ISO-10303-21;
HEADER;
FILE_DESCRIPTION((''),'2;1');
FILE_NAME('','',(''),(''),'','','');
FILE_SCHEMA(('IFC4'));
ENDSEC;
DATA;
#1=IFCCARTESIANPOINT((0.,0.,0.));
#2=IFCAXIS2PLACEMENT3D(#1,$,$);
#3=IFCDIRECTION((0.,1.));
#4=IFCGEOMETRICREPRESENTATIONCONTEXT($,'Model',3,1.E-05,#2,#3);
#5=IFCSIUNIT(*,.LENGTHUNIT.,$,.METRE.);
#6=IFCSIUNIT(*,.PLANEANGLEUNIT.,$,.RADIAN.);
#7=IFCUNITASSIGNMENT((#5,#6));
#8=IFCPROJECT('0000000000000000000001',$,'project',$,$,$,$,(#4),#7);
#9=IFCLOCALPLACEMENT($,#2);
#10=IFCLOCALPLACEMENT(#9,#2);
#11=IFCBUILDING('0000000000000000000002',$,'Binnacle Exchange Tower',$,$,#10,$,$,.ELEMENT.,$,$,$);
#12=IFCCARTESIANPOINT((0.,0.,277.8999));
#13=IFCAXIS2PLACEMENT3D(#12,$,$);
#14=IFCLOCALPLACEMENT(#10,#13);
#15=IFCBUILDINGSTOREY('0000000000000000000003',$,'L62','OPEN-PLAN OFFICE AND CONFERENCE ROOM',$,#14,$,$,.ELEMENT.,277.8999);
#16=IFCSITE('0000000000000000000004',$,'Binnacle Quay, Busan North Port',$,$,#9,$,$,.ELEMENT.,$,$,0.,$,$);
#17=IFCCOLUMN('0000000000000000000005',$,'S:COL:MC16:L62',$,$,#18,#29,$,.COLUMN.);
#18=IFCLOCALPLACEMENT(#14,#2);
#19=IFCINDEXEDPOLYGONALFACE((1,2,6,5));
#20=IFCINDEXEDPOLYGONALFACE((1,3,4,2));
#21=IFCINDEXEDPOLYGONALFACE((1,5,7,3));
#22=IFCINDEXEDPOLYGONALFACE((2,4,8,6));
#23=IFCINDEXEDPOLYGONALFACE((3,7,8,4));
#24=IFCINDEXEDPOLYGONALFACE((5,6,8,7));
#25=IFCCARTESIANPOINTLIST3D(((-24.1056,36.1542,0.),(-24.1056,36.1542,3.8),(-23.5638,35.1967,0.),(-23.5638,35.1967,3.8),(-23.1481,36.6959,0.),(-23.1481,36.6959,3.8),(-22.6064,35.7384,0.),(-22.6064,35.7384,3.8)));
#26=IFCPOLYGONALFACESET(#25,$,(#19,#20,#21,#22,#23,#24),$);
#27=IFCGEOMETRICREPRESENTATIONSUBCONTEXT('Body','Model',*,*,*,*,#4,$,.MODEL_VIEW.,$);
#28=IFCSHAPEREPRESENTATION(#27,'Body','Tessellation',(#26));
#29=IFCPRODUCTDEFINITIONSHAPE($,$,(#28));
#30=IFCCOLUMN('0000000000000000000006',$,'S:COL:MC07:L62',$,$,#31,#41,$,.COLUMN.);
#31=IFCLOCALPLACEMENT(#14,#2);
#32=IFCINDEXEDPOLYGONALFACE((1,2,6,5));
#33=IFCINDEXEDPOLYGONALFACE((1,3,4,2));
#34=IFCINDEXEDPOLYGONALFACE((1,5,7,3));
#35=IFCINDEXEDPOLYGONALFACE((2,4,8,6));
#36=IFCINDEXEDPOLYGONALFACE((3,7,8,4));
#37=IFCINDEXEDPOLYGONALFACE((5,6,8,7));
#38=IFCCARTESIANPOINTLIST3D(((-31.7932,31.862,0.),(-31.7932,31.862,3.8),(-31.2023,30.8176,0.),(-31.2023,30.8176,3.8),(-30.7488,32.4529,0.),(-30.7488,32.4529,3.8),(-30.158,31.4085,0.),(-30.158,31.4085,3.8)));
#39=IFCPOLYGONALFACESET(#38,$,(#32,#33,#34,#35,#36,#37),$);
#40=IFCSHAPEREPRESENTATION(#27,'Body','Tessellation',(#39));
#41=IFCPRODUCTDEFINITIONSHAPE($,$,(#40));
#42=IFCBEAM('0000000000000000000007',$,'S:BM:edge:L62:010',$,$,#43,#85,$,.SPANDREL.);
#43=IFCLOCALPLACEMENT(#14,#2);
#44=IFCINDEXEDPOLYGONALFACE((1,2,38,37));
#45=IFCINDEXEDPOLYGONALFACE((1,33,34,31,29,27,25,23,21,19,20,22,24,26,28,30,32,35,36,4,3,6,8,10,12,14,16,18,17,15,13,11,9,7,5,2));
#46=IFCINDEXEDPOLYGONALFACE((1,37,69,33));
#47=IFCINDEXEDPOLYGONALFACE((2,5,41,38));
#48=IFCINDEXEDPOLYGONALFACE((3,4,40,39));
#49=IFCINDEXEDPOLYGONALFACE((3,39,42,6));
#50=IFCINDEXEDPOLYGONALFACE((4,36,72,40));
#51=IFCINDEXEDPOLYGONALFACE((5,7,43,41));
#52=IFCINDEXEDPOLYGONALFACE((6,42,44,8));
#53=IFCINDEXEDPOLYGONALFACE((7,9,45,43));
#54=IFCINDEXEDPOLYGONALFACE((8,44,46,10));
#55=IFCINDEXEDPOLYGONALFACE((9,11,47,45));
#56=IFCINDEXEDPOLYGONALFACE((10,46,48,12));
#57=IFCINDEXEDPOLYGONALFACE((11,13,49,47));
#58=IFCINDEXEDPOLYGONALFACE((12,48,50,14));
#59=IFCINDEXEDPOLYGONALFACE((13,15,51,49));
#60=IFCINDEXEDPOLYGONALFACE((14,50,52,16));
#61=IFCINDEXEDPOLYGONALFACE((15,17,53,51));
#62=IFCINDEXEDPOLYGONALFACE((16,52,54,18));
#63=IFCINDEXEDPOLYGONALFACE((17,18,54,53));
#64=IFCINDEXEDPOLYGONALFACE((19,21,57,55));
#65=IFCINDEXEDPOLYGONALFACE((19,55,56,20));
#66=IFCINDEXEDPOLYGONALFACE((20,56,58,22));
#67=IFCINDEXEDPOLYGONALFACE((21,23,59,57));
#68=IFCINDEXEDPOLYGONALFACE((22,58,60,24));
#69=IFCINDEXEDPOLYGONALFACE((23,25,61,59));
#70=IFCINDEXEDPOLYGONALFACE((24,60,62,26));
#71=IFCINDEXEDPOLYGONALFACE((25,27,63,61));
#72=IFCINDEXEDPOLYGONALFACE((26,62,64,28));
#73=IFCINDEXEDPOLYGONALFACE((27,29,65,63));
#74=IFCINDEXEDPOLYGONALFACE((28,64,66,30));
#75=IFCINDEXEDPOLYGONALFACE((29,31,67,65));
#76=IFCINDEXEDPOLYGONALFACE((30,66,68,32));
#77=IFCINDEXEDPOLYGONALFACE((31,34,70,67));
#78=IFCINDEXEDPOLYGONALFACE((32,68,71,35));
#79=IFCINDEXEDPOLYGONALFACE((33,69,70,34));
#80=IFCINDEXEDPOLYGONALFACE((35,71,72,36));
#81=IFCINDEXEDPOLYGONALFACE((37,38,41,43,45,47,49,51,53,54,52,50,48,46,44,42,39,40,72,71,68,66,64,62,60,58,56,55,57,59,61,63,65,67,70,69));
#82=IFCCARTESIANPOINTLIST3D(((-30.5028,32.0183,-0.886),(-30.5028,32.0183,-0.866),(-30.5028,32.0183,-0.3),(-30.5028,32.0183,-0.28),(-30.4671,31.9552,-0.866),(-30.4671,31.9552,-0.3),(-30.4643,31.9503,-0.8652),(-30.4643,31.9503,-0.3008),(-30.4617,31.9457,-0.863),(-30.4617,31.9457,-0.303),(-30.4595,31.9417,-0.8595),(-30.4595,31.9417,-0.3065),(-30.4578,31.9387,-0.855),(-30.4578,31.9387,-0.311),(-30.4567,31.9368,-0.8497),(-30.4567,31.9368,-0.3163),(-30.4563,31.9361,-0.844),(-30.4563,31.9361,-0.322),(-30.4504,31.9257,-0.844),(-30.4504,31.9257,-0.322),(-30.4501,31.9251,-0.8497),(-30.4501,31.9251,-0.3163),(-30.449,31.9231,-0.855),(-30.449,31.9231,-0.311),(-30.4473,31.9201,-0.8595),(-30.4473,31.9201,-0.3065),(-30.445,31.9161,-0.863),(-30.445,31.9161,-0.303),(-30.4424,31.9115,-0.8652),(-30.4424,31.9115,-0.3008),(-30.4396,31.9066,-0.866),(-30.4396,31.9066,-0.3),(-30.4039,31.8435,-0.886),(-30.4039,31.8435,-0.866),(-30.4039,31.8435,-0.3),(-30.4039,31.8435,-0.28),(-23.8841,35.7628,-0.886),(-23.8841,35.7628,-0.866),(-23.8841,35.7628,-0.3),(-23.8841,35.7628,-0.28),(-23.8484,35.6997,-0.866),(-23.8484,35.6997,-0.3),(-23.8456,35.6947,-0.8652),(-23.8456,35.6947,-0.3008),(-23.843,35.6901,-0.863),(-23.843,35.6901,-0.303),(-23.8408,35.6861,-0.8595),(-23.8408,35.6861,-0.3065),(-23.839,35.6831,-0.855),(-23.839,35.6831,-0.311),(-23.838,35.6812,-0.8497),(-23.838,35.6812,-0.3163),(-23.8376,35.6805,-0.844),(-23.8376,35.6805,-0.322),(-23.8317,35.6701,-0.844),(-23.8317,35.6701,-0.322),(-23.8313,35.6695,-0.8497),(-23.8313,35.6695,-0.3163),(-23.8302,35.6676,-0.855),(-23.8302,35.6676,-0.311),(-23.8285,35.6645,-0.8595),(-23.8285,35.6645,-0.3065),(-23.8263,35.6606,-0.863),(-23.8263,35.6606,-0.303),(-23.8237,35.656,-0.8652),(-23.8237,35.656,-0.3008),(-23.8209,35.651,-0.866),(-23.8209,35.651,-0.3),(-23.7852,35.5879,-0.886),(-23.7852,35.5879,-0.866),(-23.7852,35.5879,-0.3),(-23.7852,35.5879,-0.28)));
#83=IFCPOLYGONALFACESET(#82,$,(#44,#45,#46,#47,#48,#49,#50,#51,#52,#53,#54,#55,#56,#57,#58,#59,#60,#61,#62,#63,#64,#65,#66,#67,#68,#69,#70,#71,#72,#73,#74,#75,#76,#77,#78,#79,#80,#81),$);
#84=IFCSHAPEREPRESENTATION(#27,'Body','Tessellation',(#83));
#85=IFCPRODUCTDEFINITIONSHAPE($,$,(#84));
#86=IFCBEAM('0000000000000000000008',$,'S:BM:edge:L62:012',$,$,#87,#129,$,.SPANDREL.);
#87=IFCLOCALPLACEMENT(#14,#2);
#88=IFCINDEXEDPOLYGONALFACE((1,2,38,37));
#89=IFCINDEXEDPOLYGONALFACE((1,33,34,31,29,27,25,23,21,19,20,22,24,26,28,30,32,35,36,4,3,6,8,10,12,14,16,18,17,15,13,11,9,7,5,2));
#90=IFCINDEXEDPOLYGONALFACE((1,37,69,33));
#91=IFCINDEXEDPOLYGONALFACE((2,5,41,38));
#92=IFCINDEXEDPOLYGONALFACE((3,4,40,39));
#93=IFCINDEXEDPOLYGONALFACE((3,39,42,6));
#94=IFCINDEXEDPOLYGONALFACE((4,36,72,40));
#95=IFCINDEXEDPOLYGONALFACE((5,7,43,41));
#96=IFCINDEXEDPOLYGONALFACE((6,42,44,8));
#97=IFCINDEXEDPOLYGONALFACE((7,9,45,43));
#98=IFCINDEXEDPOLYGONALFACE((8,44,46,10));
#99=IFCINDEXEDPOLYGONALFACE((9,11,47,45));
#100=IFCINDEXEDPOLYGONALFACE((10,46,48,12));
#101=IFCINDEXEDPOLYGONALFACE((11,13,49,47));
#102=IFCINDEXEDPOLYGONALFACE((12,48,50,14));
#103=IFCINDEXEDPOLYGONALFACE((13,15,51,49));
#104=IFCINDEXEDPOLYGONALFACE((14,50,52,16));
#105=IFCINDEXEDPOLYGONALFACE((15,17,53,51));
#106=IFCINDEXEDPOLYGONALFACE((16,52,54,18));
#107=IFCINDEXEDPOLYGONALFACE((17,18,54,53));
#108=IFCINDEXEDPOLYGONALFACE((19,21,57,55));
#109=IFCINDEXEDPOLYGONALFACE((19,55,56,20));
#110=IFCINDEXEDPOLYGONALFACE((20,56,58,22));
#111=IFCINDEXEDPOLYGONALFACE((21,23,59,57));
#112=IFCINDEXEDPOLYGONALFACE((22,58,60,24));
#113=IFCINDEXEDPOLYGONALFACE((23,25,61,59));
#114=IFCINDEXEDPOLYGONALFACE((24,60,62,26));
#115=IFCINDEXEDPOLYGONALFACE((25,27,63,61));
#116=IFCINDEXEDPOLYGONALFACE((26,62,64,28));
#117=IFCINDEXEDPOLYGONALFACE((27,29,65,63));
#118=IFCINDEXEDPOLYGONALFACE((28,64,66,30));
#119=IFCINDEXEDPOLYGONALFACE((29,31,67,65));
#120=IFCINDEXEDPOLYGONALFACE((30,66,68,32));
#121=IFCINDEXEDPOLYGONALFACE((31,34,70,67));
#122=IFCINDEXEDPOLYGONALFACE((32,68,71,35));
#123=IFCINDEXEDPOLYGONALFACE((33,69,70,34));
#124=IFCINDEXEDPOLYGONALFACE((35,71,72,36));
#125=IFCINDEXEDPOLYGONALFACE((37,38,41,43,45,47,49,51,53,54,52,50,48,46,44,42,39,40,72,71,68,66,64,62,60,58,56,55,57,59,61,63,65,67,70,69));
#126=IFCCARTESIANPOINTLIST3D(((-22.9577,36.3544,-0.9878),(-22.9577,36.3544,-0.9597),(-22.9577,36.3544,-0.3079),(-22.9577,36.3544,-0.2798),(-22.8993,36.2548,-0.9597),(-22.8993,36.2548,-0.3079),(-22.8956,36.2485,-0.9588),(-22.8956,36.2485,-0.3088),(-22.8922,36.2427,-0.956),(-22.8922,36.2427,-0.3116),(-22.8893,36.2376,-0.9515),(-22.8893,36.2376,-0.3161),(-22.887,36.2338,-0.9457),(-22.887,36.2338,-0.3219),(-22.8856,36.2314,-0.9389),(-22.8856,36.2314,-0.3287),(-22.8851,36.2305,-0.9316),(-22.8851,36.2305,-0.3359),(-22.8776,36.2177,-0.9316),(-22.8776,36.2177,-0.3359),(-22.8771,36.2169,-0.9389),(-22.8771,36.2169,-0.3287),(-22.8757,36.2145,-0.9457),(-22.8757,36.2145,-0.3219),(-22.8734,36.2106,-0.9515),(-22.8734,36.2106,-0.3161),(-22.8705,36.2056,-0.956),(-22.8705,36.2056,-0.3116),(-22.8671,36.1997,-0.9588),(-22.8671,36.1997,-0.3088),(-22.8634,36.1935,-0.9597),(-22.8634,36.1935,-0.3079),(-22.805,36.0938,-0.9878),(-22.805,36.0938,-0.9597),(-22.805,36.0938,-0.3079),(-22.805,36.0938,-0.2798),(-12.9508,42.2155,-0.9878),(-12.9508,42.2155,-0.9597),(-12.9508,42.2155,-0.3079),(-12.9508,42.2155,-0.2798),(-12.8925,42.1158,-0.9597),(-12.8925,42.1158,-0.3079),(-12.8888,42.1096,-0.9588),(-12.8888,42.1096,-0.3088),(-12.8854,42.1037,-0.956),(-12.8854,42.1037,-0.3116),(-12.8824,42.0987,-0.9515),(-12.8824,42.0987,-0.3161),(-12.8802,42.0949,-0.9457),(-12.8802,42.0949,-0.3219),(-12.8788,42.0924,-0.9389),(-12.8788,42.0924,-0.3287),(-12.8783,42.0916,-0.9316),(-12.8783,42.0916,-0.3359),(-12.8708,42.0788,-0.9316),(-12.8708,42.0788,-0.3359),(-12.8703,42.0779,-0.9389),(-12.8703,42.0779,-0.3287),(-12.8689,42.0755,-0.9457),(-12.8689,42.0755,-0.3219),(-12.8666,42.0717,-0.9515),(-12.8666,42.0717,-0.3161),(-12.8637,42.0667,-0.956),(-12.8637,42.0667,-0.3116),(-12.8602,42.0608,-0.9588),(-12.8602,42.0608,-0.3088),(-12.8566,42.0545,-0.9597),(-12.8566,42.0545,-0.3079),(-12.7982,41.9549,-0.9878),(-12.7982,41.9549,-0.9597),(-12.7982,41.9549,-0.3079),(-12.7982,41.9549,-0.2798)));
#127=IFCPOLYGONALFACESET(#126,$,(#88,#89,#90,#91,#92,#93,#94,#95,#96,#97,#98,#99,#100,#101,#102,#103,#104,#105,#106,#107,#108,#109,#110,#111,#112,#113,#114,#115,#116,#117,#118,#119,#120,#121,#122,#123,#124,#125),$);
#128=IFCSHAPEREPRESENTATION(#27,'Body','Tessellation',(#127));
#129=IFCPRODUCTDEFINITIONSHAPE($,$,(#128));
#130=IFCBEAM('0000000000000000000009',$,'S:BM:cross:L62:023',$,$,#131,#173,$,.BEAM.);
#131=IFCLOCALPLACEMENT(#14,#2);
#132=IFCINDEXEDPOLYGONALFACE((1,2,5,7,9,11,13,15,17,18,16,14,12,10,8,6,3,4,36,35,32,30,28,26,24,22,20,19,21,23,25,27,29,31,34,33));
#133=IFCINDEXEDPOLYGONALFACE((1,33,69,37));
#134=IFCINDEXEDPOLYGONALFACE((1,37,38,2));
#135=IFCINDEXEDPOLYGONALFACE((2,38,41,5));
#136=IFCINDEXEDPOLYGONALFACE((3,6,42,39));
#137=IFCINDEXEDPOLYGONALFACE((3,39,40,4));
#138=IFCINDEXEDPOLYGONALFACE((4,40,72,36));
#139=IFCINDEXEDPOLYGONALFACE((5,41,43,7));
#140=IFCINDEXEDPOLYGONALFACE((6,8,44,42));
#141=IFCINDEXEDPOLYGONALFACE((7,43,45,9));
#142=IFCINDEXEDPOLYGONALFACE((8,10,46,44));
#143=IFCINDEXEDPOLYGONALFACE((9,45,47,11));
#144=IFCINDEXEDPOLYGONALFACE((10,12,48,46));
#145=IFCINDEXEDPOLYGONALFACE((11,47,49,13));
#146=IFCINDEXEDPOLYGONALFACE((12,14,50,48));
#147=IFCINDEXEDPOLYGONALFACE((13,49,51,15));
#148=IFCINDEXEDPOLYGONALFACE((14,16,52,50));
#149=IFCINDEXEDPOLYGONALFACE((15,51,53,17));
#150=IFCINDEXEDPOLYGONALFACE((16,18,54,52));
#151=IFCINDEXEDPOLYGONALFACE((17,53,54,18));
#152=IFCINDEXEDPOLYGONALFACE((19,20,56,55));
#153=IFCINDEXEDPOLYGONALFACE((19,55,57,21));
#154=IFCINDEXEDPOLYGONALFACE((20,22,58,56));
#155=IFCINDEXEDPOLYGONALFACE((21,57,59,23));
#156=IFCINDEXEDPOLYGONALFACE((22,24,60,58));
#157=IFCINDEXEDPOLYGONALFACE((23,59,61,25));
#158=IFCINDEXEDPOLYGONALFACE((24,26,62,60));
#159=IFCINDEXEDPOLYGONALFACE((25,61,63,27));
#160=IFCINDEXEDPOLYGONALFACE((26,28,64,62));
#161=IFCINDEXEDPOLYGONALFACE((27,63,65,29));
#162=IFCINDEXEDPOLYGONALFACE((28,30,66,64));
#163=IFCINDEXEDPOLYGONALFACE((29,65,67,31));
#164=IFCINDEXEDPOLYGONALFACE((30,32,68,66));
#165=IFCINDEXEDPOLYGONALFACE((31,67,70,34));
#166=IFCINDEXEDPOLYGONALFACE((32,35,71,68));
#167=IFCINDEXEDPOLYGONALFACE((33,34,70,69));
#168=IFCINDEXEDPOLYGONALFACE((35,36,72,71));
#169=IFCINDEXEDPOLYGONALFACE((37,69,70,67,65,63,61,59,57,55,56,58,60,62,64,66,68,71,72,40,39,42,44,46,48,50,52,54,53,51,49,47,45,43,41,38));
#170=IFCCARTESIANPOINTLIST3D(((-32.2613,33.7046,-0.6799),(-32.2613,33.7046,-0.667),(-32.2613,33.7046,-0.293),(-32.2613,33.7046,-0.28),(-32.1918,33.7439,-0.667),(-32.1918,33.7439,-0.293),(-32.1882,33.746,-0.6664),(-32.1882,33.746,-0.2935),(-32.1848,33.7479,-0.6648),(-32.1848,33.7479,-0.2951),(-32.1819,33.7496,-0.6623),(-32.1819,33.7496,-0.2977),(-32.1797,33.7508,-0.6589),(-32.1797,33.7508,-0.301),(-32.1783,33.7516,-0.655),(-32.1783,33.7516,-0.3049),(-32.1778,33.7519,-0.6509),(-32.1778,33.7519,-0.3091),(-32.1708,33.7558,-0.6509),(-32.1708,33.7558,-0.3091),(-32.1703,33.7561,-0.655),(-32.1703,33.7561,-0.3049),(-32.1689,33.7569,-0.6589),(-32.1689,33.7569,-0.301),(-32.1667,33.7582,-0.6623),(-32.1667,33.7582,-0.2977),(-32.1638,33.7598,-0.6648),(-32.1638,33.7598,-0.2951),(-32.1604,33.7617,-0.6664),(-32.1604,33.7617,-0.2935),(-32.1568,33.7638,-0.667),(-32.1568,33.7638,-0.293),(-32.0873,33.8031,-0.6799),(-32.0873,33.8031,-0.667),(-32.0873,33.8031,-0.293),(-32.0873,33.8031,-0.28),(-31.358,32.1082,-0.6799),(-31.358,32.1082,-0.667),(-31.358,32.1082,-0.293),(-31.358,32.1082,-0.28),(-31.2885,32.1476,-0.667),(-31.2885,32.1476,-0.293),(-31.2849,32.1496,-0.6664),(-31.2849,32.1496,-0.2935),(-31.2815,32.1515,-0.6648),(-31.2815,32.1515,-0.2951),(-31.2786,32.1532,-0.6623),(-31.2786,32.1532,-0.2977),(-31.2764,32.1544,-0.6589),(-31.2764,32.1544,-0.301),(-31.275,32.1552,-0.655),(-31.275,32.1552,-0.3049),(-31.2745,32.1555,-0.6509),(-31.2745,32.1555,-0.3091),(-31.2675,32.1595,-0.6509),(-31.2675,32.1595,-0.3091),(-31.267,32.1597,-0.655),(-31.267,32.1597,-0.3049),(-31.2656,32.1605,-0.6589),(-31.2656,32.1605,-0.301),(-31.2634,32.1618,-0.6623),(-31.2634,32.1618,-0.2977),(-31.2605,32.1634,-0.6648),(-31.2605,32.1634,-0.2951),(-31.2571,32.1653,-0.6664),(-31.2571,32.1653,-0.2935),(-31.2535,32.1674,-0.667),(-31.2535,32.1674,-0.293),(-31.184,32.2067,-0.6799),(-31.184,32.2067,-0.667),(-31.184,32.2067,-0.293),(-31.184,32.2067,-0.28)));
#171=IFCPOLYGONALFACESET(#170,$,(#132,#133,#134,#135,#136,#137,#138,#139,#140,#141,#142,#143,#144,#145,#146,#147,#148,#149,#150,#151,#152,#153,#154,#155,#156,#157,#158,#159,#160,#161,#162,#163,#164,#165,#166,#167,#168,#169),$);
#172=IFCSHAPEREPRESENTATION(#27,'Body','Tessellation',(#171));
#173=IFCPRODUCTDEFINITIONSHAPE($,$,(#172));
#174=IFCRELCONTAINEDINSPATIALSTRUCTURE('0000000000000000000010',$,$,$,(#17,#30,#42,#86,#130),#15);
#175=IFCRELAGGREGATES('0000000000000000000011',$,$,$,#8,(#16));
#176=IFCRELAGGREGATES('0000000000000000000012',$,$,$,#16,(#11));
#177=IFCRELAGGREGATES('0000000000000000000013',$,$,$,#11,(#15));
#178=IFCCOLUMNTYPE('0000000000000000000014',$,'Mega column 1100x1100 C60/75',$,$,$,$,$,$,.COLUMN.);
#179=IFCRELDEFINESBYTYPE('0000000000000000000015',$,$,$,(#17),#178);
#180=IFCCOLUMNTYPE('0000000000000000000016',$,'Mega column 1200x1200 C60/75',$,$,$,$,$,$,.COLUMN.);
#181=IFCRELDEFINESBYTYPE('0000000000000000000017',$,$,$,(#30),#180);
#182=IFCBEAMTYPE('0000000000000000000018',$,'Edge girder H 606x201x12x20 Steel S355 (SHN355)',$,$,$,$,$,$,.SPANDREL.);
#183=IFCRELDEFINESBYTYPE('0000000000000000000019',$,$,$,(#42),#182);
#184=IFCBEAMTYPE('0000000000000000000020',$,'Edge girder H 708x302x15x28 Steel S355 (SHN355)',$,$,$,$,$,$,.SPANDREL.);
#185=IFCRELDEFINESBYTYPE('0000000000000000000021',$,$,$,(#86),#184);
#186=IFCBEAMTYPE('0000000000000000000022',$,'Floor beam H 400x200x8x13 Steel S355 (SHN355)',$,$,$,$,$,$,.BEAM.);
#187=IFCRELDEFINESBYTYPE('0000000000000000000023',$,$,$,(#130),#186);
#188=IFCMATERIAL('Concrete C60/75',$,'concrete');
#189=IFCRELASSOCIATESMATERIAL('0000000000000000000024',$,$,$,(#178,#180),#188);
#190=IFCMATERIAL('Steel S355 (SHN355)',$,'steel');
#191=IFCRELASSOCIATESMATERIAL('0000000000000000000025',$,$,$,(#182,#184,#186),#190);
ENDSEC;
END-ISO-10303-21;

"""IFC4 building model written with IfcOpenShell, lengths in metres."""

from ifc_helpers import new_model, si_unit, direction, frame, origin, origin_2d, place, context, subcontext, project, spatial, rectangle, i_section, extrude, material, material_profile, profile_set, type_object, element, save


model = new_model("IFC4")

# Units and contexts
model_context = context("Model", 3, precision=1e-05, world=origin(), true_north=direction((0.0, 1.0)))
body_context = subcontext(model_context, "Body", "Model", "MODEL_VIEW")
ifc_project = project(units=[si_unit("LENGTHUNIT", "METRE"), si_unit("PLANEANGLEUNIT", "RADIAN")], contexts=[model_context])

# Site, building, storey
site_placement = place(None, origin())
site = spatial("IfcSite", under=ifc_project, at=site_placement, Name="Binnacle Quay, Busan North Port", CompositionType="ELEMENT", RefElevation=0.0)
building_placement = place(site_placement, origin())
building = spatial("IfcBuilding", under=site, at=building_placement, Name="Binnacle Exchange Tower", CompositionType="ELEMENT")
storey_placement = place(building_placement, frame((0.0, 0.0, 277.8999)))
storey = spatial("IfcBuildingStorey", under=building, at=storey_placement, Name="L62", Description="OPEN-PLAN OFFICE AND CONFERENCE ROOM", CompositionType="ELEMENT", Elevation=277.8999)

# Columns
ifc_material_1 = material(Name="Concrete C60/75", Category="concrete")
ifc_material_profile_1 = material_profile(ifc_material_1, rectangle(XDim=1.1001, YDim=1.1001, at=origin_2d()), Name="Mega column 1100x1100 C60/75")
ifc_profile_set_1 = profile_set([ifc_material_profile_1], Name="Concrete C60/75")
column_type_1 = type_object("IfcColumnType", Name="Mega column 1100x1100 C60/75", PredefinedType="COLUMN", material=ifc_profile_set_1)
column_1_placement = place(storey_placement, frame((-23.356, 35.9463, 0.0), z_axis=(0.0, 0.0, 1.0), x_axis=(0.870356, 0.492424, 0.0)))
element("IfcColumn", 1, at=column_1_placement, inside=storey, type_object=column_type_1, Name="S:COL:MC16:L62", PredefinedType="COLUMN", context=body_context, shape_type="SweptSolid", body=[
    extrude(rectangle(XDim=1.1001, YDim=1.1001, at=origin_2d()), origin(), (0.0, 0.0, 1.0), 3.8),
])
ifc_material_profile_2 = material_profile(ifc_material_1, rectangle(XDim=1.2, YDim=1.2, at=origin_2d()), Name="Mega column 1200x1200 C60/75")
ifc_profile_set_2 = profile_set([ifc_material_profile_2], Name="Concrete C60/75")
column_type_2 = type_object("IfcColumnType", Name="Mega column 1200x1200 C60/75", PredefinedType="COLUMN", material=ifc_profile_set_2)
column_2_placement = place(storey_placement, frame((-30.9756, 31.6353, 0.0), z_axis=(0.0, 0.0, 1.0), x_axis=(0.870356, 0.492424, 0.0)))
element("IfcColumn", 2, at=column_2_placement, inside=storey, type_object=column_type_2, Name="S:COL:MC07:L62", PredefinedType="COLUMN", context=body_context, shape_type="SweptSolid", body=[
    extrude(rectangle(XDim=1.2, YDim=1.2, at=origin_2d()), origin(), (0.0, 0.0, 1.0), 3.8),
])

# Beams
ifc_material_2 = material(Name="Steel S355 (SHN355)", Category="steel")
ifc_material_profile_3 = material_profile(ifc_material_2, i_section(OverallWidth=0.2009, OverallDepth=0.606, WebThickness=0.012, FlangeThickness=0.02, FilletRadius=0.022, at=origin_2d()), Name="H 606x201x12x20")
ifc_profile_set_3 = profile_set([ifc_material_profile_3], Name="Steel S355 (SHN355)")
beam_type_1 = type_object("IfcBeamType", Name="Edge girder H 606x201x12x20 Steel S355 (SHN355)", PredefinedType="SPANDREL", material=ifc_profile_set_3)
beam_1_placement = place(storey_placement, frame((-30.4534, 31.9309, -0.583), z_axis=(0.870371, 0.492397, 0.0), x_axis=(-0.492397, 0.870371, 0.0)))
element("IfcBeam", 3, at=beam_1_placement, inside=storey, type_object=beam_type_1, Name="S:BM:edge:L62:010", PredefinedType="SPANDREL", context=body_context, shape_type="SweptSolid", body=[
    extrude(i_section(OverallWidth=0.2009, OverallDepth=0.606, WebThickness=0.012, FlangeThickness=0.02, FilletRadius=0.022, at=origin_2d()), origin(), (0.0, 0.0, 1.0), 7.6045),
])
ifc_material_profile_4 = material_profile(ifc_material_2, i_section(OverallWidth=0.302, OverallDepth=0.708, WebThickness=0.0149, FlangeThickness=0.0281, FilletRadius=0.0281, at=origin_2d()), Name="H 708x302x15x28")
ifc_profile_set_4 = profile_set([ifc_material_profile_4], Name="Steel S355 (SHN355)")
beam_type_2 = type_object("IfcBeamType", Name="Edge girder H 708x302x15x28 Steel S355 (SHN355)", PredefinedType="SPANDREL", material=ifc_profile_set_4)
beam_2_placement = place(storey_placement, frame((-22.8813, 36.2241, -0.6338), z_axis=(0.862886, 0.505399, 0.0), x_axis=(-0.505399, 0.862886, 0.0)))
element("IfcBeam", 4, at=beam_2_placement, inside=storey, type_object=beam_type_2, Name="S:BM:edge:L62:012", PredefinedType="SPANDREL", context=body_context, shape_type="SweptSolid", body=[
    extrude(i_section(OverallWidth=0.302, OverallDepth=0.708, WebThickness=0.0149, FlangeThickness=0.0281, FilletRadius=0.0281, at=origin_2d()), origin(), (0.0, 0.0, 1.0), 11.5969),
])
ifc_material_profile_5 = material_profile(ifc_material_2, i_section(OverallWidth=0.2, OverallDepth=0.3999, WebThickness=0.0081, FlangeThickness=0.0129, FilletRadius=0.0161, at=origin_2d()), Name="H 400x200x8x13")
ifc_profile_set_5 = profile_set([ifc_material_profile_5], Name="Steel S355 (SHN355)")
beam_type_3 = type_object("IfcBeamType", Name="Floor beam H 400x200x8x13 Steel S355 (SHN355)", PredefinedType="BEAM", material=ifc_profile_set_5)
beam_3_placement = place(storey_placement, frame((-31.271, 32.1575, -0.48), z_axis=(-0.492465, 0.870332, 0.0), x_axis=(-0.870332, -0.492465, 0.0)))
element("IfcBeam", 5, at=beam_3_placement, inside=storey, type_object=beam_type_3, Name="S:BM:cross:L62:023", PredefinedType="BEAM", context=body_context, shape_type="SweptSolid", body=[
    extrude(i_section(OverallWidth=0.2, OverallDepth=0.3999, WebThickness=0.0081, FlangeThickness=0.0129, FilletRadius=0.0161, at=origin_2d()), origin(), (0.0, 0.0, 1.0), 1.8342),
])

save(model, "model.ifc")
